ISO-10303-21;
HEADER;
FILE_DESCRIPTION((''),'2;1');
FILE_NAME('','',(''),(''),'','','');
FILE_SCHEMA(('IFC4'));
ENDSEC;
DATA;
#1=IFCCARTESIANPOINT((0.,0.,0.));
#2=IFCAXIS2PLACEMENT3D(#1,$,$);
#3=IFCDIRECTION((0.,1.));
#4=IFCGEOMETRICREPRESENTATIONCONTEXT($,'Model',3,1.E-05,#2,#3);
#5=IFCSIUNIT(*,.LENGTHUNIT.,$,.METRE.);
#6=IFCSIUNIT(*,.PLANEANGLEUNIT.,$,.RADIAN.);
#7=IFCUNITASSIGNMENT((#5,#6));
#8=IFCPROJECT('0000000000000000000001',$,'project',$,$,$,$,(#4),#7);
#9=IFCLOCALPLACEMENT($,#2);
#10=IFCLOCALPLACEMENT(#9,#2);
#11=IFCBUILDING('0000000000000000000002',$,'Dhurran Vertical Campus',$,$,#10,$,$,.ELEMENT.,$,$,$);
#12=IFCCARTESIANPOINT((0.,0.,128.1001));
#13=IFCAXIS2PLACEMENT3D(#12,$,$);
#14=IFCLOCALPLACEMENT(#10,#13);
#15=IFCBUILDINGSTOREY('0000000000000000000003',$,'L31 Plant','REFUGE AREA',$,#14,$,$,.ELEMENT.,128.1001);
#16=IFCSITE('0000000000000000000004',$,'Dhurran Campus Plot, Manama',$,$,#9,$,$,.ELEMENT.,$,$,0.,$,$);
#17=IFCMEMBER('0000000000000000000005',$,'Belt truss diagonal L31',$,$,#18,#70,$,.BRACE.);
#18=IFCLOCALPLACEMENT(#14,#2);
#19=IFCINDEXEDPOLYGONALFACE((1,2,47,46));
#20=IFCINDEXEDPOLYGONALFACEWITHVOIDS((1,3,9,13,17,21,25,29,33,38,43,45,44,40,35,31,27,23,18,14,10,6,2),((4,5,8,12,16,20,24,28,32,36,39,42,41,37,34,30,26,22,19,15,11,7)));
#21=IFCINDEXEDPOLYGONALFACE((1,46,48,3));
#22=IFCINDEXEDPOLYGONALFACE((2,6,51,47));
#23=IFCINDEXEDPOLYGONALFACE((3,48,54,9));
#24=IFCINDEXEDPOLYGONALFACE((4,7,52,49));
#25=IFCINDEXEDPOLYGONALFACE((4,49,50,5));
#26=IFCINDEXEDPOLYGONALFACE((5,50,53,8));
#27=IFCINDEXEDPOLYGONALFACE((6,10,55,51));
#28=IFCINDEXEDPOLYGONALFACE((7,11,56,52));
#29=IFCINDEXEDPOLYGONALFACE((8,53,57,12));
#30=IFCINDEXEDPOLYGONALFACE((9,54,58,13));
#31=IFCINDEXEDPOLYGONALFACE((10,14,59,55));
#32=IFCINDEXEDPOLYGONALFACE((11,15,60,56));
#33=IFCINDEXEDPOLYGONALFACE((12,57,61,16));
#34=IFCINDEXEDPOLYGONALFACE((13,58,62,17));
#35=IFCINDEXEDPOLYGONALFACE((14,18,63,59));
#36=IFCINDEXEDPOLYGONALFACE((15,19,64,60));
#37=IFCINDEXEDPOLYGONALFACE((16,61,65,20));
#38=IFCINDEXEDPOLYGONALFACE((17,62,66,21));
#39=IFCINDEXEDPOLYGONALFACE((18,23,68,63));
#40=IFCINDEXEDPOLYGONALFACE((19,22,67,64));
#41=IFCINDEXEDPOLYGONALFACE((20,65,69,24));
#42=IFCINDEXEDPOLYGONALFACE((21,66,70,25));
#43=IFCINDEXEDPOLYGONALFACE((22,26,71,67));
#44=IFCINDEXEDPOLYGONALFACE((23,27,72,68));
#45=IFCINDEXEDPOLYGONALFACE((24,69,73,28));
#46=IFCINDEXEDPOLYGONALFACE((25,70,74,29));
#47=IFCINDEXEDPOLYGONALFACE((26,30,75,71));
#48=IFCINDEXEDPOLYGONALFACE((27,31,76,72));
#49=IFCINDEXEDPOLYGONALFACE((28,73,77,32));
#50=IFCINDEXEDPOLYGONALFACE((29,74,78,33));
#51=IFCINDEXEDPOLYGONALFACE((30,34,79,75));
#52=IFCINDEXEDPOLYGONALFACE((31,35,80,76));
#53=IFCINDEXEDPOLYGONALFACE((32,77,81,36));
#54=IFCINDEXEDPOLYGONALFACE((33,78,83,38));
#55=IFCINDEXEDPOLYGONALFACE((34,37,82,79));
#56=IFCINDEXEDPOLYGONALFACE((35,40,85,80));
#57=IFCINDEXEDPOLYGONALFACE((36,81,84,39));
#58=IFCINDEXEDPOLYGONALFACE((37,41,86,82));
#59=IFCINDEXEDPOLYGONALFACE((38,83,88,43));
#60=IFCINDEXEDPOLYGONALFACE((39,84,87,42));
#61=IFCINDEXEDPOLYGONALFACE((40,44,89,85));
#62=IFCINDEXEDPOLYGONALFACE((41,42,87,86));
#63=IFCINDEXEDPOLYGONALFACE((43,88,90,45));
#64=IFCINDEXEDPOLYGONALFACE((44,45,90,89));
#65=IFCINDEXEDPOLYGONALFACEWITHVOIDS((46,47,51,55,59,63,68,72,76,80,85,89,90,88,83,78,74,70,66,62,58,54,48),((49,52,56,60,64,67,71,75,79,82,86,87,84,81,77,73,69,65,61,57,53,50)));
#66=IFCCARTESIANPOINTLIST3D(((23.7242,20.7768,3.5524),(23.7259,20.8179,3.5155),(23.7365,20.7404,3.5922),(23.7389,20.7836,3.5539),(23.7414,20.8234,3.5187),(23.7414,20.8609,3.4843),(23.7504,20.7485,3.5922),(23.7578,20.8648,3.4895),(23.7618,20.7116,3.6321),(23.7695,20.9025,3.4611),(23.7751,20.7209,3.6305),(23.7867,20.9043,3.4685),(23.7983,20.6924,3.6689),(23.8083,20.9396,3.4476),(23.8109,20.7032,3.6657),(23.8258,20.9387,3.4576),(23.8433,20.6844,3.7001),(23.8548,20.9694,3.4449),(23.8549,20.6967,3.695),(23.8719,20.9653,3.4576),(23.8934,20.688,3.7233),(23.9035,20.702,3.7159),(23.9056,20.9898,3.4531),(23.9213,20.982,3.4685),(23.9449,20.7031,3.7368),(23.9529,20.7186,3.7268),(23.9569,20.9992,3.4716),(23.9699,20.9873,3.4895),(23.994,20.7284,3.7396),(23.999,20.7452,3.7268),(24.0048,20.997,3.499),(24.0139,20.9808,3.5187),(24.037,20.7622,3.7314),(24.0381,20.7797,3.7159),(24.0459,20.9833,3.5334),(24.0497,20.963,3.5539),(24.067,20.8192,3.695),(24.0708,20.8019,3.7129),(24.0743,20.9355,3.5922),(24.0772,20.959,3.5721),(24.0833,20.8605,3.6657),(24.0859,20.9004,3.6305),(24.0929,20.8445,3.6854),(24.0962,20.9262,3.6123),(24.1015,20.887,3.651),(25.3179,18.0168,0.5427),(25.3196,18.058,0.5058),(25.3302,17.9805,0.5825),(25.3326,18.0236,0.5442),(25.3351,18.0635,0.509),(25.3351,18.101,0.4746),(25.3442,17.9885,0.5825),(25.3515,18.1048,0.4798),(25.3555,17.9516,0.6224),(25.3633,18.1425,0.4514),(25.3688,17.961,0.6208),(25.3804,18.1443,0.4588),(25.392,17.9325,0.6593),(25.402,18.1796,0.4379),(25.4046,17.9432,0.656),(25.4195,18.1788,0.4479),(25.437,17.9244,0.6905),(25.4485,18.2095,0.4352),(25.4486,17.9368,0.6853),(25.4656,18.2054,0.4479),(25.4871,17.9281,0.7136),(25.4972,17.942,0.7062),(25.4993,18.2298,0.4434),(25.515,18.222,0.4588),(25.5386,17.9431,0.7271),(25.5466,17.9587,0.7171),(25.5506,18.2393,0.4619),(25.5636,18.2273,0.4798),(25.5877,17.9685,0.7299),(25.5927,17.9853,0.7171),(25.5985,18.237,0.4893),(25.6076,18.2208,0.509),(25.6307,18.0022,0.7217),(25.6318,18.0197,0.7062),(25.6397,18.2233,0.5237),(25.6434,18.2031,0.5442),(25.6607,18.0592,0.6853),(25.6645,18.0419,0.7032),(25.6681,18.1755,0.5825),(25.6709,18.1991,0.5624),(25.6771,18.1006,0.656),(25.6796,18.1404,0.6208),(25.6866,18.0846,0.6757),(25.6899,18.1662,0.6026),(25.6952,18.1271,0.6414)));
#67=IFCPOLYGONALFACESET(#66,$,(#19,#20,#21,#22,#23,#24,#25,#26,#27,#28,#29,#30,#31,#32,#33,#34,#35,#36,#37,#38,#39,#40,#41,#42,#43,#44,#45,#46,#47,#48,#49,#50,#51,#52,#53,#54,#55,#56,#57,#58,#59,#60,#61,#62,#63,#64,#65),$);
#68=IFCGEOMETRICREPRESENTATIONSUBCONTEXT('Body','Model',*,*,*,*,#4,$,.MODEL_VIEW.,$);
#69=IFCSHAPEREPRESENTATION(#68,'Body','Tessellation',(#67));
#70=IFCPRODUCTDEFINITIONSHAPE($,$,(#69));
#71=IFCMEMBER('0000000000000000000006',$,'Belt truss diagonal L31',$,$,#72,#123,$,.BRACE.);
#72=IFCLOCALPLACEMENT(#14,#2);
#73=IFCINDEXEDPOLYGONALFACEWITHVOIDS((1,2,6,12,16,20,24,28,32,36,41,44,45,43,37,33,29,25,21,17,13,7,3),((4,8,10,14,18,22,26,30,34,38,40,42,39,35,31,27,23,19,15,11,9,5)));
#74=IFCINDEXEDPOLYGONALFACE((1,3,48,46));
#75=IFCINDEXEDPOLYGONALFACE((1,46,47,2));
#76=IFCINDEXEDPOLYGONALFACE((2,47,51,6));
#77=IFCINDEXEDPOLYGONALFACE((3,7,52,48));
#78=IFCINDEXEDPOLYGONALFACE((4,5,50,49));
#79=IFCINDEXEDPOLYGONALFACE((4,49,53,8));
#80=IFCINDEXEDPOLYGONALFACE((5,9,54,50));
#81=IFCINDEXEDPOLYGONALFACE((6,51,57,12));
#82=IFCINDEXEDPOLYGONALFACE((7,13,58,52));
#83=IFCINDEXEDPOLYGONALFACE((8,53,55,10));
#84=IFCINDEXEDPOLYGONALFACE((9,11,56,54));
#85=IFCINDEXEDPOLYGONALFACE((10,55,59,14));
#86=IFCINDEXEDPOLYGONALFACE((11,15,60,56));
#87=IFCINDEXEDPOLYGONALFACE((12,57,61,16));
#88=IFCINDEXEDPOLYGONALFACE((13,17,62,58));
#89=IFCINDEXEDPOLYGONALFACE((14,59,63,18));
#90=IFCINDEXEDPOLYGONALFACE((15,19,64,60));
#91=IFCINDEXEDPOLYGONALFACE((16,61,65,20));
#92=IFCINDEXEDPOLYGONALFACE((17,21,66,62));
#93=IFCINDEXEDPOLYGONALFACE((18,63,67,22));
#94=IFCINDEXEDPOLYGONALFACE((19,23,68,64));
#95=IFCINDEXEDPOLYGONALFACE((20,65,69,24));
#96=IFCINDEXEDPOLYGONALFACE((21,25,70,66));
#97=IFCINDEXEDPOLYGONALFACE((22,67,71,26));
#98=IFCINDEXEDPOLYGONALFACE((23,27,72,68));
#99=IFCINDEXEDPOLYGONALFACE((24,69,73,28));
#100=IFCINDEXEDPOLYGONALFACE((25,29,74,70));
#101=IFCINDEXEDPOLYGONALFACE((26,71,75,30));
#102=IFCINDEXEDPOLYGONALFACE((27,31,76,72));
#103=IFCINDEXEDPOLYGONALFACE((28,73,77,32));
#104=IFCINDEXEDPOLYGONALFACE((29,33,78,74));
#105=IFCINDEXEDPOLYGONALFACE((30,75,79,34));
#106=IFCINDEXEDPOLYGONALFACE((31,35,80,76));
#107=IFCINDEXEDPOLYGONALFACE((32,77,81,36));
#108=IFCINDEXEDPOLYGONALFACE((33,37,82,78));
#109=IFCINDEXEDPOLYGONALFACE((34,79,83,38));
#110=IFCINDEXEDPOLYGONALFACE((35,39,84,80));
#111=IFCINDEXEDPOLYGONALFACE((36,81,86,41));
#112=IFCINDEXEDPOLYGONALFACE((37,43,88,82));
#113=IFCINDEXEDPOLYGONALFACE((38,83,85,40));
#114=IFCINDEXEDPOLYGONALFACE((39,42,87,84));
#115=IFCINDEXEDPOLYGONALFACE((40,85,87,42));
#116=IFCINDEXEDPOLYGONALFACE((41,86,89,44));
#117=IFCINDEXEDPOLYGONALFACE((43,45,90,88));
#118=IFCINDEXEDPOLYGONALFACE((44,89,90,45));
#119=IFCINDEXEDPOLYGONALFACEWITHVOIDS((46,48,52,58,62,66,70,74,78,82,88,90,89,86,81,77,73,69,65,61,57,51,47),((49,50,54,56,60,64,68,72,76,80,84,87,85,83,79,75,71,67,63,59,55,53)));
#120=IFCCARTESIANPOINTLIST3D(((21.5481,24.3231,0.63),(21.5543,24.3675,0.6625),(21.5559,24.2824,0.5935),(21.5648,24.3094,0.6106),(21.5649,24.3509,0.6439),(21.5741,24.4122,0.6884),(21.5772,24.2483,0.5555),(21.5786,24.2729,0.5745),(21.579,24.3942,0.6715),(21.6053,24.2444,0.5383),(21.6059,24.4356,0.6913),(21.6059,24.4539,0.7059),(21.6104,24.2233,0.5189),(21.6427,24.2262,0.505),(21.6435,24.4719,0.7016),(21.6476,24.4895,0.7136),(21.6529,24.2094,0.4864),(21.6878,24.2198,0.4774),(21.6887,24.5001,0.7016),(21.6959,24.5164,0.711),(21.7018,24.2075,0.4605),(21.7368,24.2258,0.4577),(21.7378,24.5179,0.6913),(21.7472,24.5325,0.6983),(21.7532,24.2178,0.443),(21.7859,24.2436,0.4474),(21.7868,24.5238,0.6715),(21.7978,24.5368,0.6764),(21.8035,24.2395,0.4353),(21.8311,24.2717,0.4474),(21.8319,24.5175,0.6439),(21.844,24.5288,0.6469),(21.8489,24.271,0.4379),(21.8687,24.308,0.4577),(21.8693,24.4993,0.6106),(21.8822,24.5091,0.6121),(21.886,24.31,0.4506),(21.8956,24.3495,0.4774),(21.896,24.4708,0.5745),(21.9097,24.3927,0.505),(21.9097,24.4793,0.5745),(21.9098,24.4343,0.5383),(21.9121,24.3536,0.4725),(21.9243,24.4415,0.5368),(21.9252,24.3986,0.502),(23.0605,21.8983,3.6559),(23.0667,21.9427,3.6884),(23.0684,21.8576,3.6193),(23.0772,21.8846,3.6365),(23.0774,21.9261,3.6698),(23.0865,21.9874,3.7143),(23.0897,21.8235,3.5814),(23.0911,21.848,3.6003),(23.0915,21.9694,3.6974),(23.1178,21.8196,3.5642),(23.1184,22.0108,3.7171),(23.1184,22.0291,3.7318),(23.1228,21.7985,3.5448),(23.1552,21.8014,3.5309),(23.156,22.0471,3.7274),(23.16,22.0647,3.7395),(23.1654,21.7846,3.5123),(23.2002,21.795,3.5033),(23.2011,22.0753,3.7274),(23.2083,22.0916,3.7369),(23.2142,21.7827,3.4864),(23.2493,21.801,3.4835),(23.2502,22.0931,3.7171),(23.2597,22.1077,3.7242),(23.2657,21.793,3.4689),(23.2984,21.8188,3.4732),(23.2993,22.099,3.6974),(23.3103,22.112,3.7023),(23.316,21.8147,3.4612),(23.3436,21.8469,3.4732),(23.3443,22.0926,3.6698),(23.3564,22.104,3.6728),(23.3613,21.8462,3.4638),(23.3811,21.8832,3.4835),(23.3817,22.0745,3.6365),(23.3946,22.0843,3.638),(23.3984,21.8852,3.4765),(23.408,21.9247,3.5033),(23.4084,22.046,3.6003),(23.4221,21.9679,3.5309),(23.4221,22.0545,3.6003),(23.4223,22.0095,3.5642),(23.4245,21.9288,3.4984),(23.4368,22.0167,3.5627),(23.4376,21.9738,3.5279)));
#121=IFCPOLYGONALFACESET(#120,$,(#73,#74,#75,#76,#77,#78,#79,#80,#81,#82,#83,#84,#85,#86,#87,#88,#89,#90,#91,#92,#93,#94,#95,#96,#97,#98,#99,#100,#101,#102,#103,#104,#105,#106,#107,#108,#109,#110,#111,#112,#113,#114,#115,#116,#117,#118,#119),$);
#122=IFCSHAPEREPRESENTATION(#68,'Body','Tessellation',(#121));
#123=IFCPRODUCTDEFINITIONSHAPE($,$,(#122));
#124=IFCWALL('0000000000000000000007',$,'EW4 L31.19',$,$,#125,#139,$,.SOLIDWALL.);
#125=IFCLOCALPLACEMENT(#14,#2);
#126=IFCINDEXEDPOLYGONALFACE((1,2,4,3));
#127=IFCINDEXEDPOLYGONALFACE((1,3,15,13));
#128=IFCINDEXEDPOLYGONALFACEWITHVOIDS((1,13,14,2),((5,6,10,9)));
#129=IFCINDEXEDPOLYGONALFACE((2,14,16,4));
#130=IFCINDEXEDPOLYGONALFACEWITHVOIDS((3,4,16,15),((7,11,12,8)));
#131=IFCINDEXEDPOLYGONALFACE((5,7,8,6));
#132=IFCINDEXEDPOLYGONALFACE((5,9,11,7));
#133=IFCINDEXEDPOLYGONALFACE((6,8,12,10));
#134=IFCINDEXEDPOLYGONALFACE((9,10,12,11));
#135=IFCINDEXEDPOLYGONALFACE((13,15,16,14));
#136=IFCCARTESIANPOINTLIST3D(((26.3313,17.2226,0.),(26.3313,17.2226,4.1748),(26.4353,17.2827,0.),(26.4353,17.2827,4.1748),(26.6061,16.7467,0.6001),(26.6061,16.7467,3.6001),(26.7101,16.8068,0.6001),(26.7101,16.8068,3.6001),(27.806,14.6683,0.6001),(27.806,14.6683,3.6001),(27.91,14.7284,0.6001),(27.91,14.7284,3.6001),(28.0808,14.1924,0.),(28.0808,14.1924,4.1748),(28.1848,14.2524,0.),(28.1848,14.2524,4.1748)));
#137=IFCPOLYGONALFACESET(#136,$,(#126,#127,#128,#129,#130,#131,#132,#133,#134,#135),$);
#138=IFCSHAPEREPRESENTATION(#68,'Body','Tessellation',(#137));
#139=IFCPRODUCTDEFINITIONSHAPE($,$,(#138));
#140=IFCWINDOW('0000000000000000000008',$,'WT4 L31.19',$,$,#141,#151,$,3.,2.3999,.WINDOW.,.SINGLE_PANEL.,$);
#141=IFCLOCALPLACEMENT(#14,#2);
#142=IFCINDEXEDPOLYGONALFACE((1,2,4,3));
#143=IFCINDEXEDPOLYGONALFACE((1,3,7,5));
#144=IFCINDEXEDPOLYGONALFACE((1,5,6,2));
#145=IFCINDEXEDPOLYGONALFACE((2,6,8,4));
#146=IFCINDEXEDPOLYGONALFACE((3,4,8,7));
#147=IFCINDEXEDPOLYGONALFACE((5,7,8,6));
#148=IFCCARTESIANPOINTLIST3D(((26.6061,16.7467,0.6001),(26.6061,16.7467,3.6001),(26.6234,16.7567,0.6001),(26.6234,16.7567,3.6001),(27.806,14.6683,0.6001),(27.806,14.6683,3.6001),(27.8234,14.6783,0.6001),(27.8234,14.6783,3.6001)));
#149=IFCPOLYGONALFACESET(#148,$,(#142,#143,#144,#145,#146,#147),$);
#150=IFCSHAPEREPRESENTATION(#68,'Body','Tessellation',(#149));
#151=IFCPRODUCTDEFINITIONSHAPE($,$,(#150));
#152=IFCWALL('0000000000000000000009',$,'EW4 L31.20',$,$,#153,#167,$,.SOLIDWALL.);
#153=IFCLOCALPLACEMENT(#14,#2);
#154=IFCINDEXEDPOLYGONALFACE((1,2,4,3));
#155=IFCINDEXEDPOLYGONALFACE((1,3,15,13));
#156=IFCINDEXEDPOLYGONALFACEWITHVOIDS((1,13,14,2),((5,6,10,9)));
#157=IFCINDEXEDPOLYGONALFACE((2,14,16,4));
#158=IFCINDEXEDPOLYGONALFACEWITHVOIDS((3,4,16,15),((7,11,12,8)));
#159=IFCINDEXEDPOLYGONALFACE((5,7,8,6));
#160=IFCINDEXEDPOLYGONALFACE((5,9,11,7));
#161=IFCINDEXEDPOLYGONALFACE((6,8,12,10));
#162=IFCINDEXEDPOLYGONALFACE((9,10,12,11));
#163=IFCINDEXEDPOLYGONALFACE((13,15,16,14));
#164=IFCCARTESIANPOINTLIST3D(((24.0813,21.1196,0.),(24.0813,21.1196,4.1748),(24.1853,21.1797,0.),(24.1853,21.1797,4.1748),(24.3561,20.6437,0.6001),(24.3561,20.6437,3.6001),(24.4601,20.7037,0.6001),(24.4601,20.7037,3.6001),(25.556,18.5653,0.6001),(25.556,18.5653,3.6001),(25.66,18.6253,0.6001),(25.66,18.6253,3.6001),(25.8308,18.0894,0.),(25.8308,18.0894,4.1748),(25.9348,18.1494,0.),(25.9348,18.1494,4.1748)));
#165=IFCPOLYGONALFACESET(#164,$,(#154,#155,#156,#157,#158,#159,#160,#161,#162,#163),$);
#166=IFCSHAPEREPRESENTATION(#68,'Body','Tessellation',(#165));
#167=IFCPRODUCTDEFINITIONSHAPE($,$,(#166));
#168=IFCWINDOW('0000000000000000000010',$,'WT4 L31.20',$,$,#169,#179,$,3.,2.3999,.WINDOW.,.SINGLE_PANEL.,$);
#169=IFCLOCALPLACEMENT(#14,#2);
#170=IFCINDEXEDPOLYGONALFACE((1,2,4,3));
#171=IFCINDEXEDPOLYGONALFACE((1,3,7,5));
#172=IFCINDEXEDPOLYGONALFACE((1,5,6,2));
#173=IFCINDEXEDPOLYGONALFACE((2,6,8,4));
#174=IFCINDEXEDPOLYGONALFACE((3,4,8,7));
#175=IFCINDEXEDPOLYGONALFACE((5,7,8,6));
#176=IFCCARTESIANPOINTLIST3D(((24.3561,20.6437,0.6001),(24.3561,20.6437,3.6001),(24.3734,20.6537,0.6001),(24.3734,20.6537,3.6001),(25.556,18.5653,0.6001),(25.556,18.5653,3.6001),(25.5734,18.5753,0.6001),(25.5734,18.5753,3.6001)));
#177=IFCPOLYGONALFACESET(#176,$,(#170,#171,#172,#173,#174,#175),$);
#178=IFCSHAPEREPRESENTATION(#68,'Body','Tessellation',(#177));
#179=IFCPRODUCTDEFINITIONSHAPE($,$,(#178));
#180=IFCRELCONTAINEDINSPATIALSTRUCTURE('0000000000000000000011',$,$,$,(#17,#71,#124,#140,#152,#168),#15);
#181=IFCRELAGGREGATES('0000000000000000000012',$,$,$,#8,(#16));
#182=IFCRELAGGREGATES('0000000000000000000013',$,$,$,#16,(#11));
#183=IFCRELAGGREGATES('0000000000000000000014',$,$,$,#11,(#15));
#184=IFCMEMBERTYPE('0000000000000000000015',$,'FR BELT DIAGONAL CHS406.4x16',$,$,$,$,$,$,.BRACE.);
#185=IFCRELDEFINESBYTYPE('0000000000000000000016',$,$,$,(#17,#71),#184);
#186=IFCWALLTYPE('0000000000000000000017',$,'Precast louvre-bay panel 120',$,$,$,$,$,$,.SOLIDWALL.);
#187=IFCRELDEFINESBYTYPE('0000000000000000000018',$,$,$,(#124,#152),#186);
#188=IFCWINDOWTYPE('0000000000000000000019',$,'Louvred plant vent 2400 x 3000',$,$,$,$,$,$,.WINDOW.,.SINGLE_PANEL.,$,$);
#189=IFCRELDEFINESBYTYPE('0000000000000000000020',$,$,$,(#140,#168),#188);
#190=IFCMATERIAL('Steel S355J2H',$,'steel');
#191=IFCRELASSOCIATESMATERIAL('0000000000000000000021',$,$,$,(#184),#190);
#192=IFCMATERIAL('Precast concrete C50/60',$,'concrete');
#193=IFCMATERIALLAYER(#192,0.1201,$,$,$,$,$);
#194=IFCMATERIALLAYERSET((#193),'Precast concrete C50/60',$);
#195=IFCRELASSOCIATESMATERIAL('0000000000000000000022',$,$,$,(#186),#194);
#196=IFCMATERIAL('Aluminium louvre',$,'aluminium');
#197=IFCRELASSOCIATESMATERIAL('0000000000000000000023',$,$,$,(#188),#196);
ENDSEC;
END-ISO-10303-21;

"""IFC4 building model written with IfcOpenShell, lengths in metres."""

from ifc_helpers import new_model, si_unit, direction, frame, frame_2d, origin, origin_2d, place, context, subcontext, project, spatial, rectangle, hollow_circle, extrude, material, layer, layer_set, material_profile, profile_set, type_object, element, fill, save


model = new_model("IFC4")

# Units and contexts
model_context = context("Model", 3, precision=1e-05, world=origin(), true_north=direction((0.0, 1.0)))
body_context = subcontext(model_context, "Body", "Model", "MODEL_VIEW")
ifc_project = project(units=[si_unit("LENGTHUNIT", "METRE"), si_unit("PLANEANGLEUNIT", "RADIAN")], contexts=[model_context])

# Site, building, storey
site_placement = place(None, origin())
site = spatial("IfcSite", under=ifc_project, at=site_placement, Name="Dhurran Campus Plot, Manama", CompositionType="ELEMENT", RefElevation=0.0)
building_placement = place(site_placement, origin())
building = spatial("IfcBuilding", under=site, at=building_placement, Name="Dhurran Vertical Campus", CompositionType="ELEMENT")
storey_placement = place(building_placement, frame((0.0, 0.0, 128.1001)))
storey = spatial("IfcBuildingStorey", under=building, at=storey_placement, Name="L31 Plant", Description="REFUGE AREA", CompositionType="ELEMENT", Elevation=128.1001)

# Members
ifc_material_1 = material(Name="Steel S355J2H", Category="steel")
ifc_material_profile_1 = material_profile(ifc_material_1, hollow_circle(Radius=0.2031, WallThickness=0.0161, at=origin_2d()), Name="CHS406.4x16")
ifc_profile_set_1 = profile_set([ifc_material_profile_1], Name="Steel S355J2H")
member_type = type_object("IfcMemberType", Name="FR BELT DIAGONAL CHS406.4x16", PredefinedType="BRACE", material=ifc_profile_set_1)
member_1_placement = place(storey_placement, frame((25.5061, 18.082, 0.5825), z_axis=(-0.363567, 0.629615, 0.686589), x_axis=(-0.86599, -0.500061, 0.0)))
element("IfcMember", 1, at=member_1_placement, inside=storey, type_object=member_type, Name="Belt truss diagonal L31", PredefinedType="BRACE", context=body_context, shape_type="SweptSolid", body=[
    extrude(hollow_circle(Radius=0.2031, WallThickness=0.0161, at=origin_2d()), origin(), (0.0, 0.0, 1.0), 4.3835),
])
member_2_placement = place(storey_placement, frame((21.7373, 24.3718, 0.5745), z_axis=(0.363386, -0.582591, 0.727007), x_axis=(0.848478, 0.529231, 0.0)))
element("IfcMember", 2, at=member_2_placement, inside=storey, type_object=member_type, Name="Belt truss diagonal L31", PredefinedType="BRACE", context=body_context, shape_type="SweptSolid", body=[
    extrude(hollow_circle(Radius=0.2031, WallThickness=0.0161, at=origin_2d()), origin(), (0.0, 0.0, 1.0), 4.1621),
])

# Walls, openings, windows
ifc_material_2 = material(Name="Precast concrete C50/60", Category="concrete")
ifc_layer = layer(ifc_material_2, 0.1201)
ifc_layer_set = layer_set([ifc_layer], Name="Precast concrete C50/60")
wall_type = type_object("IfcWallType", Name="Precast louvre-bay panel 120", PredefinedType="SOLIDWALL", material=ifc_layer_set)
wall_1_placement = place(storey_placement, frame((28.1328, 14.2224, 0.0), z_axis=(0.0, 0.0, 1.0), x_axis=(-0.499996, 0.866028, 0.0)))
wall_1 = element("IfcWall", 3, at=wall_1_placement, inside=storey, type_object=wall_type, Name="EW4 L31.19", PredefinedType="SOLIDWALL", context=body_context, shape_type="SweptSolid", body=[
    extrude(rectangle(XDim=3.499, YDim=0.1201, at=frame_2d((1.7495, 0.0))), origin(), (0.0, 0.0, 1.0), 4.1748),
])
opening_1_placement = place(wall_1_placement, frame((0.5496, 0.0, 0.6001)))
opening_1 = element("IfcOpeningElement", 4, at=opening_1_placement, cuts=wall_1, PredefinedType="OPENING", context=body_context, shape_type="SweptSolid", body=[
    extrude(rectangle(XDim=2.3999, YDim=3.0, at=frame_2d((1.2, 1.5))), frame((0.0, 0.0701, 0.0), z_axis=(0.0, -1.0, 0.0), x_axis=(1.0, 0.0, 0.0)), (0.0, 0.0, 1.0), 0.1401),
])
ifc_material_3 = material(Name="Aluminium louvre", Category="aluminium")
window_type = type_object("IfcWindowType", Name="Louvred plant vent 2400 x 3000", PartitioningType="SINGLE_PANEL", PredefinedType="WINDOW", material=ifc_material_3)
window_1_placement = place(opening_1_placement, origin())
window_1 = element("IfcWindow", 5, at=window_1_placement, inside=storey, type_object=window_type, Name="WT4 L31.19", OverallHeight=3.0, OverallWidth=2.3999, PartitioningType="SINGLE_PANEL", PredefinedType="WINDOW", context=body_context, shape_type="SweptSolid", body=[
    extrude(rectangle(XDim=2.3999, YDim=3.0, at=frame_2d((1.2, 1.5))), frame((0.0, 0.0601, 0.0), z_axis=(0.0, -1.0, 0.0), x_axis=(1.0, 0.0, 0.0)), (0.0, 0.0, 1.0), 0.02),
])
fill(opening_1, window_1)
wall_2_placement = place(storey_placement, frame((25.8828, 18.1194, 0.0), z_axis=(0.0, 0.0, 1.0), x_axis=(-0.499996, 0.866028, 0.0)))
wall_2 = element("IfcWall", 6, at=wall_2_placement, inside=storey, type_object=wall_type, Name="EW4 L31.20", PredefinedType="SOLIDWALL", context=body_context, shape_type="SweptSolid", body=[
    extrude(rectangle(XDim=3.499, YDim=0.1201, at=frame_2d((1.7495, 0.0))), origin(), (0.0, 0.0, 1.0), 4.1748),
])
opening_2_placement = place(wall_2_placement, frame((0.5496, 0.0, 0.6001)))
opening_2 = element("IfcOpeningElement", 7, at=opening_2_placement, cuts=wall_2, PredefinedType="OPENING", context=body_context, shape_type="SweptSolid", body=[
    extrude(rectangle(XDim=2.3999, YDim=3.0, at=frame_2d((1.2, 1.5))), frame((0.0, 0.0701, 0.0), z_axis=(0.0, -1.0, 0.0), x_axis=(1.0, 0.0, 0.0)), (0.0, 0.0, 1.0), 0.1401),
])
window_2_placement = place(opening_2_placement, origin())
window_2 = element("IfcWindow", 8, at=window_2_placement, inside=storey, type_object=window_type, Name="WT4 L31.20", OverallHeight=3.0, OverallWidth=2.3999, PartitioningType="SINGLE_PANEL", PredefinedType="WINDOW", context=body_context, shape_type="SweptSolid", body=[
    extrude(rectangle(XDim=2.3999, YDim=3.0, at=frame_2d((1.2, 1.5))), frame((0.0, 0.0601, 0.0), z_axis=(0.0, -1.0, 0.0), x_axis=(1.0, 0.0, 0.0)), (0.0, 0.0, 1.0), 0.02),
])
fill(opening_2, window_2)

save(model, "model.ifc")
